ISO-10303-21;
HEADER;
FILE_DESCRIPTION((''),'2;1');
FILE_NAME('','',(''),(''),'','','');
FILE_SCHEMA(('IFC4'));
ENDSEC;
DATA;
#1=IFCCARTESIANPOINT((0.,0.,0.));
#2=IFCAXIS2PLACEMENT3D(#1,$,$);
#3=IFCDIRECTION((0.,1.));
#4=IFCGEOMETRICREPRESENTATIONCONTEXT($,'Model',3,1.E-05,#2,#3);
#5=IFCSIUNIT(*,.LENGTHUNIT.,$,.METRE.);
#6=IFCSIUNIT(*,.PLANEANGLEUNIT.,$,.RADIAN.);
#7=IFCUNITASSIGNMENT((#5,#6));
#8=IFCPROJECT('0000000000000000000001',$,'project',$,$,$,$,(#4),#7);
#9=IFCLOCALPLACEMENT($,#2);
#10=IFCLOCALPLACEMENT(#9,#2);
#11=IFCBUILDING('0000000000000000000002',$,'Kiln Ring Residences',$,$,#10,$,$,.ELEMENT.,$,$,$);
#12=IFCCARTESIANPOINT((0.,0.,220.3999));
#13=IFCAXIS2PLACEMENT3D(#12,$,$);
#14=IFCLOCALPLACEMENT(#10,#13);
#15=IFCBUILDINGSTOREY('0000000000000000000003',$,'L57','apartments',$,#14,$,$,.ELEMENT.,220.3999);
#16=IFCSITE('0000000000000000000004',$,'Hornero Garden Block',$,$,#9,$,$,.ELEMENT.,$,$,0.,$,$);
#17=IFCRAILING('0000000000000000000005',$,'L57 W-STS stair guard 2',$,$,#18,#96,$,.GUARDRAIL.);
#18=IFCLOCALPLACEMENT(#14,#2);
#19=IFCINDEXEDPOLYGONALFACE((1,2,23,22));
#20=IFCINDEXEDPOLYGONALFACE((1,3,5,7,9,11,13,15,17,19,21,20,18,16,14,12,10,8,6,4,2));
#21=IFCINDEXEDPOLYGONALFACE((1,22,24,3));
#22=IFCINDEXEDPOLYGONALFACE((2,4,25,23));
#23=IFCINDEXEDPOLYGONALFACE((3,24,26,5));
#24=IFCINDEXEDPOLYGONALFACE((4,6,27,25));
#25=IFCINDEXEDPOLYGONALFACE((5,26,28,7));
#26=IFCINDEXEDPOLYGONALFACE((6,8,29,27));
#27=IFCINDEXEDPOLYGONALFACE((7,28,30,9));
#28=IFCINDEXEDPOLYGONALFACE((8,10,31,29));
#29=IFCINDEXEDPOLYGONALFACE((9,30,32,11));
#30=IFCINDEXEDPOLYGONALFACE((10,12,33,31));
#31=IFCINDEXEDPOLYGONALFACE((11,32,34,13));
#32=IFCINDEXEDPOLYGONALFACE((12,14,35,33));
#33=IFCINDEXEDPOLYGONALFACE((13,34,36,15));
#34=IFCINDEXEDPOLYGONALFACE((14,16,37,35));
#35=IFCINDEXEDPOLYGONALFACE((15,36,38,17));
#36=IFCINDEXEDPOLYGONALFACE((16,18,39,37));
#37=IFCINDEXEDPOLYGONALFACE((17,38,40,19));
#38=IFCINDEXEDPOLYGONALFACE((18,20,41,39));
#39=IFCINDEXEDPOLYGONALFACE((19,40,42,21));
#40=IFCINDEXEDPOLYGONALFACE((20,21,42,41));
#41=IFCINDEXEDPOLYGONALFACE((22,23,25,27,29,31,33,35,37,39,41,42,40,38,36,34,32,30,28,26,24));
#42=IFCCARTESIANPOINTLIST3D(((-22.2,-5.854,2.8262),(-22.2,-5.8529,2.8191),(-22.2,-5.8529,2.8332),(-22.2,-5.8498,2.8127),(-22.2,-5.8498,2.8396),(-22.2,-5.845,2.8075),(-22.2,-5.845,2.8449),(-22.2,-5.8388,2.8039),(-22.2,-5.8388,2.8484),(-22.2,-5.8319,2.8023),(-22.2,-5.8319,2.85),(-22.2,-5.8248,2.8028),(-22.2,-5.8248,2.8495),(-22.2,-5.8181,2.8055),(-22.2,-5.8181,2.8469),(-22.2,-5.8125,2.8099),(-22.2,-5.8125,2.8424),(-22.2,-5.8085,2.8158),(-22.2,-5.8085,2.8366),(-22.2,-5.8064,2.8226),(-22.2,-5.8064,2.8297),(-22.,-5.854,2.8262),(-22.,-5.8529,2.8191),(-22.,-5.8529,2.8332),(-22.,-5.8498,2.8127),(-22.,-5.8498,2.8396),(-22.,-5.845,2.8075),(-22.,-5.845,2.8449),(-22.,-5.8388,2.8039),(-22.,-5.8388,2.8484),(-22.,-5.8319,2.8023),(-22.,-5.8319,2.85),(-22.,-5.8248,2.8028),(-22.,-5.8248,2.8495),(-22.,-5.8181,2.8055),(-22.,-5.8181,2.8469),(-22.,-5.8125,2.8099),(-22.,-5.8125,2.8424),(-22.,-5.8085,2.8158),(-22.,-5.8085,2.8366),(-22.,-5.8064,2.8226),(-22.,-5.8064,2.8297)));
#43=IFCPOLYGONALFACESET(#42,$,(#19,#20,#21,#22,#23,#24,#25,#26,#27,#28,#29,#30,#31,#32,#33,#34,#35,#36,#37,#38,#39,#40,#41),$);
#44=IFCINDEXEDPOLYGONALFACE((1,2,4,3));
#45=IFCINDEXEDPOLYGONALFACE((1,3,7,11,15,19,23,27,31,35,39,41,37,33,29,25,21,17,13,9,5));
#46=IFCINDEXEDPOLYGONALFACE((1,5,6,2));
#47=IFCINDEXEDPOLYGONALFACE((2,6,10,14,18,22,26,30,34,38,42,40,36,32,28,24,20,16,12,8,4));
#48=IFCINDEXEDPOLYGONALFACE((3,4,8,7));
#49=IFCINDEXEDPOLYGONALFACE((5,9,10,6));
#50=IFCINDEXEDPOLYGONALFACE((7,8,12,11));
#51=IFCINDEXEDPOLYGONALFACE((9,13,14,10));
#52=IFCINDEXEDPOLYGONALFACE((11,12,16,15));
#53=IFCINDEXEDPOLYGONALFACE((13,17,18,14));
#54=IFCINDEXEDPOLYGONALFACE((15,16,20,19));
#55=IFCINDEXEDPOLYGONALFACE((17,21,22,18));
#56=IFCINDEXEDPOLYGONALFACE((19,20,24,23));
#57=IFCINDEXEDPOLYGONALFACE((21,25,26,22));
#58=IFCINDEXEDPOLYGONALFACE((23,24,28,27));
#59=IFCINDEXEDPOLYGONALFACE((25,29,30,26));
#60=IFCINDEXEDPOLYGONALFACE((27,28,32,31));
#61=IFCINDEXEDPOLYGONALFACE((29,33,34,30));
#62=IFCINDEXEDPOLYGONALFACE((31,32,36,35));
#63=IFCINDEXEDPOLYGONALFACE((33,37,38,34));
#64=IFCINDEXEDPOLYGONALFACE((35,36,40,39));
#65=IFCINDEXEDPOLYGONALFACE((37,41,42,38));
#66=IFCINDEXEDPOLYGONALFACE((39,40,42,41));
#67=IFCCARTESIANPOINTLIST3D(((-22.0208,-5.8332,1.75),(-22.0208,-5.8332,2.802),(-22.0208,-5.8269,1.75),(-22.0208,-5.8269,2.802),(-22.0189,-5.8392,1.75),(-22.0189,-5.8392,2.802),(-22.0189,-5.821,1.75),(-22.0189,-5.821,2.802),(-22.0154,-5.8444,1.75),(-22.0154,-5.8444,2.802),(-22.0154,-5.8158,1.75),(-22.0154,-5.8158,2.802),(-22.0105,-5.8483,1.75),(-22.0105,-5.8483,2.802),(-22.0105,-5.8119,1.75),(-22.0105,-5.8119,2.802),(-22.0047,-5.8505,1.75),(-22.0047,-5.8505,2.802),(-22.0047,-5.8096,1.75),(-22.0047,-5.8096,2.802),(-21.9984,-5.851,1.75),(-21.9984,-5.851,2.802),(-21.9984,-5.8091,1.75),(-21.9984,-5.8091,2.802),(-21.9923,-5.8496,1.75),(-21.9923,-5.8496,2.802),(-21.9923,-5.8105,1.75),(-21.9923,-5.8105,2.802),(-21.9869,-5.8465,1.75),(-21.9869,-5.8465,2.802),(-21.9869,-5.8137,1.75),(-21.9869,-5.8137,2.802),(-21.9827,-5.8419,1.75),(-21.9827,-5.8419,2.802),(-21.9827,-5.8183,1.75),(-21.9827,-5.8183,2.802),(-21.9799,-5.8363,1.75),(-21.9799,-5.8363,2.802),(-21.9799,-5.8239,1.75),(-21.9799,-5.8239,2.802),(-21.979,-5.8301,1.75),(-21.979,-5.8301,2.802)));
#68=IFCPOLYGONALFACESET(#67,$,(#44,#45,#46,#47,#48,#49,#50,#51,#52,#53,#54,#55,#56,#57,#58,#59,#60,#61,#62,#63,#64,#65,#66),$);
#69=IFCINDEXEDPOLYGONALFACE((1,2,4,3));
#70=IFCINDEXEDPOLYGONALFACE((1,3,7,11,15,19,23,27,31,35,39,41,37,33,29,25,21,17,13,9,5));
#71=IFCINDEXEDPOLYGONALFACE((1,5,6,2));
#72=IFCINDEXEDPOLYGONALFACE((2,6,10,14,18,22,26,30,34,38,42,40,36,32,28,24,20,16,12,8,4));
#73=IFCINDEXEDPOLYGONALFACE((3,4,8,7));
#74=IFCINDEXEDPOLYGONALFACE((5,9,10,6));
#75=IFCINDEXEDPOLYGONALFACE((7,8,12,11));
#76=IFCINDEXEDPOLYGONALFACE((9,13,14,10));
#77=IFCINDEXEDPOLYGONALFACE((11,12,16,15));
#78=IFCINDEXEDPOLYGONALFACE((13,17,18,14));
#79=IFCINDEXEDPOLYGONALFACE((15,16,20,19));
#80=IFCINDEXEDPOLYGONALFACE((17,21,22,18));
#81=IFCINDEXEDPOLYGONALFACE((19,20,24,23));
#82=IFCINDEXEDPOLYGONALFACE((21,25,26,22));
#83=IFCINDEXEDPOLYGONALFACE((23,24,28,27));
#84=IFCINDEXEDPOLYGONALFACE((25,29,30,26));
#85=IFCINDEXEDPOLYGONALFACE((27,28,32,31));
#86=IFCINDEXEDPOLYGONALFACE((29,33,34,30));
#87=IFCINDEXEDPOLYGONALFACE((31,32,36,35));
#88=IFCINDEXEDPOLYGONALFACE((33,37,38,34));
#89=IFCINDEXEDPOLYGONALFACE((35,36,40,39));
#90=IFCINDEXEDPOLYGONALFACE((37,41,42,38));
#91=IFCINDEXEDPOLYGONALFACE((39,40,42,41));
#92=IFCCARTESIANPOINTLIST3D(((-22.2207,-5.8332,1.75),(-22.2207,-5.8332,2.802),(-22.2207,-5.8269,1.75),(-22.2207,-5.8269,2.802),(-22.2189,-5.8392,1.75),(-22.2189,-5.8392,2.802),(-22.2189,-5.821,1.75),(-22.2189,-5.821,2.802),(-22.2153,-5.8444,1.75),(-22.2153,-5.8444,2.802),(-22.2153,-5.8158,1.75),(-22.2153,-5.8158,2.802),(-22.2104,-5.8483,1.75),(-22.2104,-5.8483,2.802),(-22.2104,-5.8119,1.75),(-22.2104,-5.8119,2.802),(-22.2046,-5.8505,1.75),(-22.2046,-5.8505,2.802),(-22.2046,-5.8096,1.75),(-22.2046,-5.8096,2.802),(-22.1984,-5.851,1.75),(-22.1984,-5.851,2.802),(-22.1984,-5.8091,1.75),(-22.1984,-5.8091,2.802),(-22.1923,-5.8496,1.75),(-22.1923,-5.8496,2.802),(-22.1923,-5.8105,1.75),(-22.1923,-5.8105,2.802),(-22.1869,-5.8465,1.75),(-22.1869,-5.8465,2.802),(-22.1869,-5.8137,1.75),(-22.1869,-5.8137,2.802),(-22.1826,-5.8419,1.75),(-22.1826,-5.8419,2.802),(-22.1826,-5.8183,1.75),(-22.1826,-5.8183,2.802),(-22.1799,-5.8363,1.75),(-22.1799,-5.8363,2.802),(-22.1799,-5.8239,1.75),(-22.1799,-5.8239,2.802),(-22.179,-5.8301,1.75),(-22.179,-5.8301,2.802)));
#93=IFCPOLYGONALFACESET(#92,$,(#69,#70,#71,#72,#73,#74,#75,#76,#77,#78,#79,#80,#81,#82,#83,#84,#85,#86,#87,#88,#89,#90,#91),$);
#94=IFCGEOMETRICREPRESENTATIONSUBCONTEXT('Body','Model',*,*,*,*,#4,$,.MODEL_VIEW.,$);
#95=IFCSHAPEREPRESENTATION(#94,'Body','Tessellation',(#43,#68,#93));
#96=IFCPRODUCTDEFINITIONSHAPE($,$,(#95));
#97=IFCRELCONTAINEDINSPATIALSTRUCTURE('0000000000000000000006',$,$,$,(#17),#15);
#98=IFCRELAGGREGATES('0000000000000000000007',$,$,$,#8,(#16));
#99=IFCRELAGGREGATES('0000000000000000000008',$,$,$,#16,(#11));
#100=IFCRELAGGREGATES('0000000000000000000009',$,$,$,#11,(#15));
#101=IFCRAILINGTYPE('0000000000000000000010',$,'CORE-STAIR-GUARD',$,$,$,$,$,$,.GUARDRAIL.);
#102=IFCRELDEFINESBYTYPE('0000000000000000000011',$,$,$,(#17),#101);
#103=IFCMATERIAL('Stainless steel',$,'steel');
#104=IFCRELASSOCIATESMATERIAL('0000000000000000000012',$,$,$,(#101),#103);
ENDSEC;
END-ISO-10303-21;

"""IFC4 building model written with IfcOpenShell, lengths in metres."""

from ifc_helpers import new_model, si_unit, direction, frame, origin, origin_2d, place, context, subcontext, project, spatial, circle, extrude, material, type_object, element, save


model = new_model("IFC4")

# Units and contexts
model_context = context("Model", 3, precision=1e-05, world=origin(), true_north=direction((0.0, 1.0)))
body_context = subcontext(model_context, "Body", "Model", "MODEL_VIEW")
ifc_project = project(units=[si_unit("LENGTHUNIT", "METRE"), si_unit("PLANEANGLEUNIT", "RADIAN")], contexts=[model_context])

# Site, building, storey
site_placement = place(None, origin())
site = spatial("IfcSite", under=ifc_project, at=site_placement, Name="Hornero Garden Block", CompositionType="ELEMENT", RefElevation=0.0)
building_placement = place(site_placement, origin())
building = spatial("IfcBuilding", under=site, at=building_placement, Name="Kiln Ring Residences", CompositionType="ELEMENT")
storey_placement = place(building_placement, frame((0.0, 0.0, 220.3999)))
storey = spatial("IfcBuildingStorey", under=building, at=storey_placement, Name="L57", Description="apartments", CompositionType="ELEMENT", Elevation=220.3999)

# Railing
ifc_material_1 = material(Name="Stainless steel", Category="steel")
railing_type_1 = type_object("IfcRailingType", Name="CORE-STAIR-GUARD", PredefinedType="GUARDRAIL", material=ifc_material_1)
railing_1_placement = place(storey_placement, frame((-22.0, -5.8301, 1.75)))
element("IfcRailing", 1, at=railing_1_placement, inside=storey, type_object=railing_type_1, Name="L57 W-STS stair guard 2", PredefinedType="GUARDRAIL", context=body_context, shape_type="SweptSolid", body=[
    extrude(circle(Radius=0.0239, at=origin_2d()), frame((0.0, 0.0, 1.0762), z_axis=(-1.0, 0.0, 0.0), x_axis=(0.0, -1.0, 0.0)), (0.0, 0.0, 1.0), 0.2),
    extrude(circle(Radius=0.021, at=origin_2d()), origin(), (0.0, 0.0, 1.0), 1.052),
    extrude(circle(Radius=0.021, at=origin_2d()), frame((-0.2, 0.0, 0.0)), (0.0, 0.0, 1.0), 1.052),
])

save(model, "model.ifc")
